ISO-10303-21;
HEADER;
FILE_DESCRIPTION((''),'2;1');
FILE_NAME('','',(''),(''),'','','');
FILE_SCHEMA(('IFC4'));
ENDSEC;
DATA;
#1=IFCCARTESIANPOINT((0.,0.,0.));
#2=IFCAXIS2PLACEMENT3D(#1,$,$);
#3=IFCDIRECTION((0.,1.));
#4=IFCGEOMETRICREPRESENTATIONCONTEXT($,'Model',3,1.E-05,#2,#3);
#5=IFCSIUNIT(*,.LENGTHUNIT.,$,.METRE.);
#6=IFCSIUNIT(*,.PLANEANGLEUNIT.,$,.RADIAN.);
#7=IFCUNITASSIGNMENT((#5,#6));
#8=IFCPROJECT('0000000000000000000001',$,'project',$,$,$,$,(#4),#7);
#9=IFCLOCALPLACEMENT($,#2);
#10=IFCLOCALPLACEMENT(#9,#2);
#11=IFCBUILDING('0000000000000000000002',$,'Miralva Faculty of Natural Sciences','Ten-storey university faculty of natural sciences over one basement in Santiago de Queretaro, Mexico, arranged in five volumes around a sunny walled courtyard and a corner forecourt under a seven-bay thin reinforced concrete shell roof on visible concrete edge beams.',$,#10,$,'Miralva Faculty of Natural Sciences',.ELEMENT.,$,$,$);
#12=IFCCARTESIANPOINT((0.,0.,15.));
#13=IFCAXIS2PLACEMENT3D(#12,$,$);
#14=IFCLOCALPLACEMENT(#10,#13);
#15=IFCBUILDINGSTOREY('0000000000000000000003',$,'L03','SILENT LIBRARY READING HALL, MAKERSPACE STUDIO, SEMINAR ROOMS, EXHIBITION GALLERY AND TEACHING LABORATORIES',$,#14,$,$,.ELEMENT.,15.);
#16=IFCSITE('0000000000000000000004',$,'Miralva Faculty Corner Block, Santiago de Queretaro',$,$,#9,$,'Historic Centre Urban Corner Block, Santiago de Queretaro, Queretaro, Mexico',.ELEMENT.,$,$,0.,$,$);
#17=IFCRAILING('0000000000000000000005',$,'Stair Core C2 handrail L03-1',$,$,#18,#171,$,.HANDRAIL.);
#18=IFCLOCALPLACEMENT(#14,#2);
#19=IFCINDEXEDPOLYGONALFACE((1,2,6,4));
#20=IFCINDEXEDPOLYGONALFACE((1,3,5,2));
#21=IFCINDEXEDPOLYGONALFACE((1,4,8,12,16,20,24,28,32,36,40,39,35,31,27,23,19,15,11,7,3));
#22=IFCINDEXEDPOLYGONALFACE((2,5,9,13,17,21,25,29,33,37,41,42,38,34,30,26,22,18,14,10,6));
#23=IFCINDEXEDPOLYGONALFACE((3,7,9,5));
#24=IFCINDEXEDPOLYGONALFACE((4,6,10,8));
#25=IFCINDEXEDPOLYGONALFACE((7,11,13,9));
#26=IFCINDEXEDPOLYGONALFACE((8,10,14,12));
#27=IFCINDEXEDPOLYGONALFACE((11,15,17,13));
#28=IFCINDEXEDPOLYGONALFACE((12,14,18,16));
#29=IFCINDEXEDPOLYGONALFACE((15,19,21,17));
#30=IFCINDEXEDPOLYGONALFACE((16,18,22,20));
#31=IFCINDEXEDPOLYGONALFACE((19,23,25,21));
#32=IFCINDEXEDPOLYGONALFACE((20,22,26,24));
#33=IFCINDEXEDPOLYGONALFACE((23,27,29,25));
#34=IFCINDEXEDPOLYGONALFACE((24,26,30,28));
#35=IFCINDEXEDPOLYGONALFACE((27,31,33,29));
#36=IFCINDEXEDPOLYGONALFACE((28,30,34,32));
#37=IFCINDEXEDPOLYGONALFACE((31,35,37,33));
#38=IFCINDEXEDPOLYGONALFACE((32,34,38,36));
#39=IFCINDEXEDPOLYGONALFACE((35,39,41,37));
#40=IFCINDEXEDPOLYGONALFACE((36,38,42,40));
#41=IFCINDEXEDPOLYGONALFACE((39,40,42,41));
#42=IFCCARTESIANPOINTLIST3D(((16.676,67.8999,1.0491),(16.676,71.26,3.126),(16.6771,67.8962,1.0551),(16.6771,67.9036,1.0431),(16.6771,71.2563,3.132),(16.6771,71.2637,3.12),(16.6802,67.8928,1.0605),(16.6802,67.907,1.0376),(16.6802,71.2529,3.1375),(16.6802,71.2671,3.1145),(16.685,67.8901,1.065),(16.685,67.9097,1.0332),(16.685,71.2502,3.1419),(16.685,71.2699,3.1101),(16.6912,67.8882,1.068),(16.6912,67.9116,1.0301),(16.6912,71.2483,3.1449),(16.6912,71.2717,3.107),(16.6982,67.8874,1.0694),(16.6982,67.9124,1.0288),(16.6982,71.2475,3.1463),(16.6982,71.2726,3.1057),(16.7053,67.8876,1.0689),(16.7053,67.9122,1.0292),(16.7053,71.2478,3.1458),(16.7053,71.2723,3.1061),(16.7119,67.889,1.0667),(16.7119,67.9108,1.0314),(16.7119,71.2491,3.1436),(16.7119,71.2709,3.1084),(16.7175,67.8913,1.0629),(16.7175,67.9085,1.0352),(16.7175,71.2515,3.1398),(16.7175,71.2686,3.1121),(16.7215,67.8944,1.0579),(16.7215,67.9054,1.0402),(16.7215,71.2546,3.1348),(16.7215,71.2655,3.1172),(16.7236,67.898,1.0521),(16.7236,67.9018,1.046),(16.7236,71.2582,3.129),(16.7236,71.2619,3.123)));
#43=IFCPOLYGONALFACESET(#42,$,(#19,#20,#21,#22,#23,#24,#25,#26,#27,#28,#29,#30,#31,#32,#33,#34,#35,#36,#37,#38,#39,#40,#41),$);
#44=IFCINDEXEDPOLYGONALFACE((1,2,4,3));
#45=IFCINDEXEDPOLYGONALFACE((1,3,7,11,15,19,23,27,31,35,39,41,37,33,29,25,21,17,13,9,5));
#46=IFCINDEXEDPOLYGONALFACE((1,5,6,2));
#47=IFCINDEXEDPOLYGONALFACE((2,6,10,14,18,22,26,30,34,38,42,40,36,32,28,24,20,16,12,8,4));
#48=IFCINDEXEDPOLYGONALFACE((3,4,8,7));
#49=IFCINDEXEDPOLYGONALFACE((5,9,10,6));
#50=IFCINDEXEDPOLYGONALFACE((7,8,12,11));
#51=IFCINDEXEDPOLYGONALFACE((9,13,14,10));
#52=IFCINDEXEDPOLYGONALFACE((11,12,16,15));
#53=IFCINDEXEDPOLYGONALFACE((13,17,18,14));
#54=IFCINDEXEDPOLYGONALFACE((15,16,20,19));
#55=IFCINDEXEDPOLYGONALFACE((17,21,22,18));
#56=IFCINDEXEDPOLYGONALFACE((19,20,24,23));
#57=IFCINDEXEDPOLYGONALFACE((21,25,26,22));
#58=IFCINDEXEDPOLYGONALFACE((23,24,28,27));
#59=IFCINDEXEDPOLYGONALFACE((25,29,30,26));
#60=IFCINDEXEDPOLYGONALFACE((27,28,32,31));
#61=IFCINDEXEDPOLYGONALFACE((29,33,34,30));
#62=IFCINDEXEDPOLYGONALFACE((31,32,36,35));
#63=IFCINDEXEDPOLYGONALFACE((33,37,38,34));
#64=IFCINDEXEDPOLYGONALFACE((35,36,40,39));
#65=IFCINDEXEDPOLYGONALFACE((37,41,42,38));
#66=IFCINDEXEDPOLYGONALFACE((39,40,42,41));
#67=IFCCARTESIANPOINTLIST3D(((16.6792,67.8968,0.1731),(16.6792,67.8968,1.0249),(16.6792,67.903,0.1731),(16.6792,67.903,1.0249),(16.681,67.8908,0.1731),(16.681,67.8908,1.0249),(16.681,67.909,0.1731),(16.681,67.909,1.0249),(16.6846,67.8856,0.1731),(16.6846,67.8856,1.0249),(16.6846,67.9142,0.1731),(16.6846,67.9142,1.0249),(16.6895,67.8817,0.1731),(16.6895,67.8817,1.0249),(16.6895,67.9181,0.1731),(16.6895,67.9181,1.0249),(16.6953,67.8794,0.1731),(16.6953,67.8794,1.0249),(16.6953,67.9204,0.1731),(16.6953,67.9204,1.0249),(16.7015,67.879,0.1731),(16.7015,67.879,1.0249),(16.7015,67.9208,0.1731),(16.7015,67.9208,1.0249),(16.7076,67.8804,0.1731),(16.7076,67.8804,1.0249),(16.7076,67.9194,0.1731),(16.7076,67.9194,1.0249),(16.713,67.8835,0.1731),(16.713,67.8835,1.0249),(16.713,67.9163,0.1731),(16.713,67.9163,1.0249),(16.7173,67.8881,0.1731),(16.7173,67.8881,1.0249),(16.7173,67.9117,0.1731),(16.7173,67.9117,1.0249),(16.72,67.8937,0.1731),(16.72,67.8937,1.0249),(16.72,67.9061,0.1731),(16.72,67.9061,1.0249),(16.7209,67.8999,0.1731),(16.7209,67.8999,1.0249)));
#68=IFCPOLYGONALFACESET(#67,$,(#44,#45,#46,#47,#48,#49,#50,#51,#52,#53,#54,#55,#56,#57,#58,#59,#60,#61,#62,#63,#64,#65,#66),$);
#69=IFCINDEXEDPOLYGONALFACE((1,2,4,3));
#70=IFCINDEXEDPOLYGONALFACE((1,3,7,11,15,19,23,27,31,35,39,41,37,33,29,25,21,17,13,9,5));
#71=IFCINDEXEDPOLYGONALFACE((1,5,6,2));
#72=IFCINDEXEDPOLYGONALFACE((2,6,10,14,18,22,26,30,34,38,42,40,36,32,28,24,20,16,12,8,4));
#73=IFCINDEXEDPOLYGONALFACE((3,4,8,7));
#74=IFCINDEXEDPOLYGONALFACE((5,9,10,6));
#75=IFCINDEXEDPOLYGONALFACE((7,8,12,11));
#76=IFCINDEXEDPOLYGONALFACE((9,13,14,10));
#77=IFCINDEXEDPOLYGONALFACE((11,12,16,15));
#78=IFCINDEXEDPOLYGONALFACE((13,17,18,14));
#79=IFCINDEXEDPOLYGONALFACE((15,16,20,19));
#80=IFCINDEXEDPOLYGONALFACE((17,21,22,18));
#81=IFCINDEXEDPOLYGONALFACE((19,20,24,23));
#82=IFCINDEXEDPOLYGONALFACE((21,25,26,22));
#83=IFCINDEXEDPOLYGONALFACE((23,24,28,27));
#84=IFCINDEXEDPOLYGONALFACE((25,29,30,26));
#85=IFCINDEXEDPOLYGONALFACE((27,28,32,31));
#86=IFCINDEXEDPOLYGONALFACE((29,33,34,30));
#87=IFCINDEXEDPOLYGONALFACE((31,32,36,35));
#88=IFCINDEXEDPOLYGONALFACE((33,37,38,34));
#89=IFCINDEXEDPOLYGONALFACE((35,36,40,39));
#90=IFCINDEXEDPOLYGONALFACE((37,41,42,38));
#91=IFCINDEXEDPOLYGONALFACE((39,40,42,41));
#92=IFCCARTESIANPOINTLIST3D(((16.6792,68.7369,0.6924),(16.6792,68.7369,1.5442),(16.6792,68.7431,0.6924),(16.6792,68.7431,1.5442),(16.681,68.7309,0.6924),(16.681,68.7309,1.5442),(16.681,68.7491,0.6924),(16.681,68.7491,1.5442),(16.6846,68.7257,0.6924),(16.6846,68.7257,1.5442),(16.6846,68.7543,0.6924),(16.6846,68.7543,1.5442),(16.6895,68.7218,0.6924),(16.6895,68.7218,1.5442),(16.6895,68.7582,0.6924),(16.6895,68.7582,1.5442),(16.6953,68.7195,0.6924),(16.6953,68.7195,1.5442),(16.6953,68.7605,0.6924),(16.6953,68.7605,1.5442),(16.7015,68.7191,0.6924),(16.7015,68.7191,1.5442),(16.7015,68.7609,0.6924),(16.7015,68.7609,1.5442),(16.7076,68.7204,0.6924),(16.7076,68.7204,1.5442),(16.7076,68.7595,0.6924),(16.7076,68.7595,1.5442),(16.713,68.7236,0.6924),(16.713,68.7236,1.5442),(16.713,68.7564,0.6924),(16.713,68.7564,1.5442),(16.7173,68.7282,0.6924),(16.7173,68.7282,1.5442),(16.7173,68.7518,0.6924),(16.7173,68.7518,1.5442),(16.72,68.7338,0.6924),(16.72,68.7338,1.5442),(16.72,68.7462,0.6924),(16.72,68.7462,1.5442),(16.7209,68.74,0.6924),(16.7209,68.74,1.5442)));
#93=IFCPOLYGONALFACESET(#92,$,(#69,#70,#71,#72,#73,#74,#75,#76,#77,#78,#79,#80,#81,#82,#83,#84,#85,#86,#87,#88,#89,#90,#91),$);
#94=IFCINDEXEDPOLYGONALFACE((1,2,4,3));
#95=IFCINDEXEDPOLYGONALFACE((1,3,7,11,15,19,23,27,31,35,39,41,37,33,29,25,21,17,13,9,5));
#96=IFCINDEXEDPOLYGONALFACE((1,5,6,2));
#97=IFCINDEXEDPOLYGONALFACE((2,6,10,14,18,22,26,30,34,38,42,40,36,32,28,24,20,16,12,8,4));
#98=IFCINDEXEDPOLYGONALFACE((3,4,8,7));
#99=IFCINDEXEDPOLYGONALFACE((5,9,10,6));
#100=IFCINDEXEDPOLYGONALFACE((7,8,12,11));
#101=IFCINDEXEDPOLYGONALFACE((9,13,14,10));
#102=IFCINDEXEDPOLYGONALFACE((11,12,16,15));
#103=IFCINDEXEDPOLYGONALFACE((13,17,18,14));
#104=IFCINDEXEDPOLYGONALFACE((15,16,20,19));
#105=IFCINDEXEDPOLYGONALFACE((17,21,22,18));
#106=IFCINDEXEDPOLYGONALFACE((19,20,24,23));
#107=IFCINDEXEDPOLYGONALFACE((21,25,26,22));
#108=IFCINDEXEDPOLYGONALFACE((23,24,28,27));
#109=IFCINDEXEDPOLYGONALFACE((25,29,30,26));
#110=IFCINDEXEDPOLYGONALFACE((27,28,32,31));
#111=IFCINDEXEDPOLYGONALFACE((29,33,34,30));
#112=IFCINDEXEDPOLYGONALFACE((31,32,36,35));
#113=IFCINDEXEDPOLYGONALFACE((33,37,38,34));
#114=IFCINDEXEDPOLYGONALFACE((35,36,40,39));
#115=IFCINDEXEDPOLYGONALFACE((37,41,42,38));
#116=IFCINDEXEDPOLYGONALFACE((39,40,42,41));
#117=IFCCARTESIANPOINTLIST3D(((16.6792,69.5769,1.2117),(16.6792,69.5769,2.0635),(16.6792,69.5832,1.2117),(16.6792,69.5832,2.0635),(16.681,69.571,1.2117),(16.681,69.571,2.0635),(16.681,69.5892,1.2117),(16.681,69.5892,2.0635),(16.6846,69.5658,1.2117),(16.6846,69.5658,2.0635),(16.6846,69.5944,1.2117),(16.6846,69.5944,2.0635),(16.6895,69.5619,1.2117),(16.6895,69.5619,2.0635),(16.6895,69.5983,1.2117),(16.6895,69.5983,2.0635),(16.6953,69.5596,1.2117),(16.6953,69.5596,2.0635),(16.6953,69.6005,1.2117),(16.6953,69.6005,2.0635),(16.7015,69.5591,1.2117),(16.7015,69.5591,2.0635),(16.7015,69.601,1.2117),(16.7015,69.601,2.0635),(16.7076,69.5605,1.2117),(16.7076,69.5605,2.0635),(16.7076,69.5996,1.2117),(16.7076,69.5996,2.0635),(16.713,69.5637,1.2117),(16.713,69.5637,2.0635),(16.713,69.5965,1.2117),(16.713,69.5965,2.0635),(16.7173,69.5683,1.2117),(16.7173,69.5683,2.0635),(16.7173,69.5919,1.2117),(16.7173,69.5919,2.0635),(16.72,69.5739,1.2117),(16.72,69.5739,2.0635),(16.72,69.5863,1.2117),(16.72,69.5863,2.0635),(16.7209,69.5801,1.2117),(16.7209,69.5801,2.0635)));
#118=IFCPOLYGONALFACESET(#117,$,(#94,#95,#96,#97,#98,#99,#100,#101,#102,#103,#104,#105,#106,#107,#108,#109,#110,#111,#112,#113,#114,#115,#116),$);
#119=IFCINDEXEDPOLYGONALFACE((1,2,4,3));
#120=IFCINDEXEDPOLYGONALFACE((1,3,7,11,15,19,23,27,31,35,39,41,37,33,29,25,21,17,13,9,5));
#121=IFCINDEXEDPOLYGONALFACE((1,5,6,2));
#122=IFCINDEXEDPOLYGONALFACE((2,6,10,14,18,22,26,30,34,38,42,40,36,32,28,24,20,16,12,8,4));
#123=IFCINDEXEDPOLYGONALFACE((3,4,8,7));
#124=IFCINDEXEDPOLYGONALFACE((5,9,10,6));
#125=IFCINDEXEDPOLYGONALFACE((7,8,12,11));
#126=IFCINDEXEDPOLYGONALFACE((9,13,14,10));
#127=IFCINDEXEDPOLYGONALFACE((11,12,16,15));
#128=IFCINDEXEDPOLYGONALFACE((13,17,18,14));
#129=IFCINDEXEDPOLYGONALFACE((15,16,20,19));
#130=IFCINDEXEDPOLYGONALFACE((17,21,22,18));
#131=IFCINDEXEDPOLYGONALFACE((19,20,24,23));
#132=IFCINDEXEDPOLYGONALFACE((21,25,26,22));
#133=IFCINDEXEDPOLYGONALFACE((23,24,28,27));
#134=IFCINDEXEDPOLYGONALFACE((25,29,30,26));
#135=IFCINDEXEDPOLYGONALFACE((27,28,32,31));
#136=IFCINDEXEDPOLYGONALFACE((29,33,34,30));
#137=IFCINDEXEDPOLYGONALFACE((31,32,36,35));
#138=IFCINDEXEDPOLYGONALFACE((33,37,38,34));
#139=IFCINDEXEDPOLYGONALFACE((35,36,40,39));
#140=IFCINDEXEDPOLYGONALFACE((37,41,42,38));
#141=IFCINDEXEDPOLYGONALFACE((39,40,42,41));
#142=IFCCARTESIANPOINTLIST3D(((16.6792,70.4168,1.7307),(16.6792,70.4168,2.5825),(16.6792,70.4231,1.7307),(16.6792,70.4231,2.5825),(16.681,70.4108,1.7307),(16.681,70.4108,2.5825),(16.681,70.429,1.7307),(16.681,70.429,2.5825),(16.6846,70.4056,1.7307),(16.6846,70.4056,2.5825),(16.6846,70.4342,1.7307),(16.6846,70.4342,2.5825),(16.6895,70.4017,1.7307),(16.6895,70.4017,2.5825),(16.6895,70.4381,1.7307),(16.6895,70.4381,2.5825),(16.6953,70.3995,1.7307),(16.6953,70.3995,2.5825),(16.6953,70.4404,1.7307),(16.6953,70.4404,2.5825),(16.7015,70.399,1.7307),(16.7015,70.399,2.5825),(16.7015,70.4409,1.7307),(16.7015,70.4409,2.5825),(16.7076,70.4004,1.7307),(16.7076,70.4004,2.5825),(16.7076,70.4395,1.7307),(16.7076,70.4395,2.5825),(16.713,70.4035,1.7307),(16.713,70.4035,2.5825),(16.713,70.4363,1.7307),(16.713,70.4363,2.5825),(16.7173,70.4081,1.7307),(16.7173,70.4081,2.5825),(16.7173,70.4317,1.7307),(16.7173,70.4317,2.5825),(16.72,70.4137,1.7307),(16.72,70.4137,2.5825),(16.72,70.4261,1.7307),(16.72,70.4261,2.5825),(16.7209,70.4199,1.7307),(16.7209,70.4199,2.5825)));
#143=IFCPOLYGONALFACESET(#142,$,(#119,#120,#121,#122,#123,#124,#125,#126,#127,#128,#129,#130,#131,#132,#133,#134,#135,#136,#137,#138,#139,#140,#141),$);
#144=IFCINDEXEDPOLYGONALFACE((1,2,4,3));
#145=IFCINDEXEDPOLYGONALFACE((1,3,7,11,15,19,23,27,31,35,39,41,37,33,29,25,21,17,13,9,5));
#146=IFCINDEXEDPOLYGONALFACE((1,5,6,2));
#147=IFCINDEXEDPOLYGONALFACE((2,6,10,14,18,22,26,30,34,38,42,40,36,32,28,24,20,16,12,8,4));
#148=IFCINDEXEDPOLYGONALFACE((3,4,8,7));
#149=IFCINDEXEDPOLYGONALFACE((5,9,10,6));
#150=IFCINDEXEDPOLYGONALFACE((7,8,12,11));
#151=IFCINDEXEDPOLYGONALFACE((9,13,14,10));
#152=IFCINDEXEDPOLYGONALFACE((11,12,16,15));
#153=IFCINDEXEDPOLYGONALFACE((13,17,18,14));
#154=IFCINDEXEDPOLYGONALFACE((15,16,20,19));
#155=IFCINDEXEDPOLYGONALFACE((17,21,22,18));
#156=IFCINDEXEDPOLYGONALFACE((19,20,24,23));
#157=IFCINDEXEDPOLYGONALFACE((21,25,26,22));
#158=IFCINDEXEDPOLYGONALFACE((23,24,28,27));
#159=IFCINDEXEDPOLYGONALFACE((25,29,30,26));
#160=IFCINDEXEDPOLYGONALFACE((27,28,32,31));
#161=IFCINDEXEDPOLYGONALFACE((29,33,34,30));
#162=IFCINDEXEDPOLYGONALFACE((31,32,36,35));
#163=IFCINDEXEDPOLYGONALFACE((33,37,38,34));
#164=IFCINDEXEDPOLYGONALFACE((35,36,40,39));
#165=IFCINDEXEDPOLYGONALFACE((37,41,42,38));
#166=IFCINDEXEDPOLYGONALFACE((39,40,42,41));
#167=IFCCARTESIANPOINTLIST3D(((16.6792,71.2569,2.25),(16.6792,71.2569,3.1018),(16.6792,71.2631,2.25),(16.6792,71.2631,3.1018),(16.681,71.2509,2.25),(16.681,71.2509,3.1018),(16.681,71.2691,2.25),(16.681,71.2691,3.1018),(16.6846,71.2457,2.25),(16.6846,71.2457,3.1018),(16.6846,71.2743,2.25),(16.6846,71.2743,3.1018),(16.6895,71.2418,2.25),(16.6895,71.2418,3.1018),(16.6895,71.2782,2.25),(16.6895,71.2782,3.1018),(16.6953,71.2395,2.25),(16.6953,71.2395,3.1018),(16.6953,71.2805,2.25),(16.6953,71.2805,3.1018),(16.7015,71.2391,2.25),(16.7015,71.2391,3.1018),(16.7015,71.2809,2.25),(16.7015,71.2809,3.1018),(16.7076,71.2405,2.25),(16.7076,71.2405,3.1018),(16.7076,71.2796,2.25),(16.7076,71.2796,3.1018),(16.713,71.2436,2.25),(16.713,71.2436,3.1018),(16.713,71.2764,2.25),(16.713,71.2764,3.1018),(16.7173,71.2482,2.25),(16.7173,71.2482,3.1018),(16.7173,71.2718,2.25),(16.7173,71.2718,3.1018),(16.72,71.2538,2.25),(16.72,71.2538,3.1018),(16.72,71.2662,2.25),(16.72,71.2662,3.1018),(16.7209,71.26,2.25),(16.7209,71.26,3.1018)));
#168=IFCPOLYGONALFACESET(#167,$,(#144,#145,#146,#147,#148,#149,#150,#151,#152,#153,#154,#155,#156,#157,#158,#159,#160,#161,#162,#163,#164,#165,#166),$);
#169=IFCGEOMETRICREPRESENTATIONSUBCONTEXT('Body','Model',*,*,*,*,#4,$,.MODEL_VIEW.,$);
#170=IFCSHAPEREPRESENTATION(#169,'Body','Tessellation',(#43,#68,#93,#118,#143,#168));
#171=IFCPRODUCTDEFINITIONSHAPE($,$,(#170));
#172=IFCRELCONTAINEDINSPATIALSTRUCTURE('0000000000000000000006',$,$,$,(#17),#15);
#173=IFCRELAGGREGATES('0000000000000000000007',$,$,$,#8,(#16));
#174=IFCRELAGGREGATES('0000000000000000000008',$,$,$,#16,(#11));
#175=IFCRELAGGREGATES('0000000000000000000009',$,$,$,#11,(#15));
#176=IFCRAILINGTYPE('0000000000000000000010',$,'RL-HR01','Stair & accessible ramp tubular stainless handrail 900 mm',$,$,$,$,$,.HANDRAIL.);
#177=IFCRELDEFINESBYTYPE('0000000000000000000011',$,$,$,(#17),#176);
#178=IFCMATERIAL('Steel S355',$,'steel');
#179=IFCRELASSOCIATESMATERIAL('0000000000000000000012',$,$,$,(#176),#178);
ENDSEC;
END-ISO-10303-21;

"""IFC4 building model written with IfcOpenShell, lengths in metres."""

from ifc_helpers import new_model, si_unit, direction, frame, origin, origin_2d, place, context, subcontext, project, spatial, circle, extrude, material, type_object, element, save


model = new_model("IFC4")

# Units and contexts
model_context = context("Model", 3, precision=1e-05, world=origin(), true_north=direction((0.0, 1.0)))
body_context = subcontext(model_context, "Body", "Model", "MODEL_VIEW")
ifc_project = project(units=[si_unit("LENGTHUNIT", "METRE"), si_unit("PLANEANGLEUNIT", "RADIAN")], contexts=[model_context])

# Site, building, storey
site_placement = place(None, origin())
site = spatial("IfcSite", under=ifc_project, at=site_placement, Name="Miralva Faculty Corner Block, Santiago de Queretaro", LongName="Historic Centre Urban Corner Block, Santiago de Queretaro, Queretaro, Mexico", CompositionType="ELEMENT", RefElevation=0.0)
building_placement = place(site_placement, origin())
building = spatial("IfcBuilding", under=site, at=building_placement, Name="Miralva Faculty of Natural Sciences", Description="Ten-storey university faculty of natural sciences over one basement in Santiago de Queretaro, Mexico, arranged in five volumes around a sunny walled courtyard and a corner forecourt under a seven-bay thin reinforced concrete shell roof on visible concrete edge beams.", LongName="Miralva Faculty of Natural Sciences", CompositionType="ELEMENT")
storey_placement = place(building_placement, frame((0.0, 0.0, 15.0)))
storey = spatial("IfcBuildingStorey", under=building, at=storey_placement, Name="L03", Description="SILENT LIBRARY READING HALL, MAKERSPACE STUDIO, SEMINAR ROOMS, EXHIBITION GALLERY AND TEACHING LABORATORIES", CompositionType="ELEMENT", Elevation=15.0)

# Railing
ifc_material_1 = material(Name="Steel S355", Category="steel")
railing_type_1 = type_object("IfcRailingType", Name="RL-HR01", Description="Stair & accessible ramp tubular stainless handrail 900 mm", PredefinedType="HANDRAIL", material=ifc_material_1)
railing_1_placement = place(storey_placement, frame((16.7, 67.8999, 0.1731)))
element("IfcRailing", 1, at=railing_1_placement, inside=storey, type_object=railing_type_1, Name="Stair Core C2 handrail L03-1", PredefinedType="HANDRAIL", context=body_context, shape_type="SweptSolid", body=[
    extrude(circle(Radius=0.0239, at=origin_2d()), frame((0.0, 0.0, 0.876), z_axis=(0.0, 0.850623, 0.525776), x_axis=(-1.0, 0.0, 0.0)), (0.0, 0.0, 1.0), 3.9502),
    extrude(circle(Radius=0.021, at=origin_2d()), origin(), (0.0, 0.0, 1.0), 0.8518),
    extrude(circle(Radius=0.021, at=origin_2d()), frame((0.0, 0.8401, 0.5193)), (0.0, 0.0, 1.0), 0.8518),
    extrude(circle(Radius=0.021, at=origin_2d()), frame((0.0, 1.6802, 1.0386)), (0.0, 0.0, 1.0), 0.8518),
    extrude(circle(Radius=0.021, at=origin_2d()), frame((0.0, 2.52, 1.5576)), (0.0, 0.0, 1.0), 0.8518),
    extrude(circle(Radius=0.021, at=origin_2d()), frame((0.0, 3.3601, 2.0769)), (0.0, 0.0, 1.0), 0.8518),
])

save(model, "model.ifc")
